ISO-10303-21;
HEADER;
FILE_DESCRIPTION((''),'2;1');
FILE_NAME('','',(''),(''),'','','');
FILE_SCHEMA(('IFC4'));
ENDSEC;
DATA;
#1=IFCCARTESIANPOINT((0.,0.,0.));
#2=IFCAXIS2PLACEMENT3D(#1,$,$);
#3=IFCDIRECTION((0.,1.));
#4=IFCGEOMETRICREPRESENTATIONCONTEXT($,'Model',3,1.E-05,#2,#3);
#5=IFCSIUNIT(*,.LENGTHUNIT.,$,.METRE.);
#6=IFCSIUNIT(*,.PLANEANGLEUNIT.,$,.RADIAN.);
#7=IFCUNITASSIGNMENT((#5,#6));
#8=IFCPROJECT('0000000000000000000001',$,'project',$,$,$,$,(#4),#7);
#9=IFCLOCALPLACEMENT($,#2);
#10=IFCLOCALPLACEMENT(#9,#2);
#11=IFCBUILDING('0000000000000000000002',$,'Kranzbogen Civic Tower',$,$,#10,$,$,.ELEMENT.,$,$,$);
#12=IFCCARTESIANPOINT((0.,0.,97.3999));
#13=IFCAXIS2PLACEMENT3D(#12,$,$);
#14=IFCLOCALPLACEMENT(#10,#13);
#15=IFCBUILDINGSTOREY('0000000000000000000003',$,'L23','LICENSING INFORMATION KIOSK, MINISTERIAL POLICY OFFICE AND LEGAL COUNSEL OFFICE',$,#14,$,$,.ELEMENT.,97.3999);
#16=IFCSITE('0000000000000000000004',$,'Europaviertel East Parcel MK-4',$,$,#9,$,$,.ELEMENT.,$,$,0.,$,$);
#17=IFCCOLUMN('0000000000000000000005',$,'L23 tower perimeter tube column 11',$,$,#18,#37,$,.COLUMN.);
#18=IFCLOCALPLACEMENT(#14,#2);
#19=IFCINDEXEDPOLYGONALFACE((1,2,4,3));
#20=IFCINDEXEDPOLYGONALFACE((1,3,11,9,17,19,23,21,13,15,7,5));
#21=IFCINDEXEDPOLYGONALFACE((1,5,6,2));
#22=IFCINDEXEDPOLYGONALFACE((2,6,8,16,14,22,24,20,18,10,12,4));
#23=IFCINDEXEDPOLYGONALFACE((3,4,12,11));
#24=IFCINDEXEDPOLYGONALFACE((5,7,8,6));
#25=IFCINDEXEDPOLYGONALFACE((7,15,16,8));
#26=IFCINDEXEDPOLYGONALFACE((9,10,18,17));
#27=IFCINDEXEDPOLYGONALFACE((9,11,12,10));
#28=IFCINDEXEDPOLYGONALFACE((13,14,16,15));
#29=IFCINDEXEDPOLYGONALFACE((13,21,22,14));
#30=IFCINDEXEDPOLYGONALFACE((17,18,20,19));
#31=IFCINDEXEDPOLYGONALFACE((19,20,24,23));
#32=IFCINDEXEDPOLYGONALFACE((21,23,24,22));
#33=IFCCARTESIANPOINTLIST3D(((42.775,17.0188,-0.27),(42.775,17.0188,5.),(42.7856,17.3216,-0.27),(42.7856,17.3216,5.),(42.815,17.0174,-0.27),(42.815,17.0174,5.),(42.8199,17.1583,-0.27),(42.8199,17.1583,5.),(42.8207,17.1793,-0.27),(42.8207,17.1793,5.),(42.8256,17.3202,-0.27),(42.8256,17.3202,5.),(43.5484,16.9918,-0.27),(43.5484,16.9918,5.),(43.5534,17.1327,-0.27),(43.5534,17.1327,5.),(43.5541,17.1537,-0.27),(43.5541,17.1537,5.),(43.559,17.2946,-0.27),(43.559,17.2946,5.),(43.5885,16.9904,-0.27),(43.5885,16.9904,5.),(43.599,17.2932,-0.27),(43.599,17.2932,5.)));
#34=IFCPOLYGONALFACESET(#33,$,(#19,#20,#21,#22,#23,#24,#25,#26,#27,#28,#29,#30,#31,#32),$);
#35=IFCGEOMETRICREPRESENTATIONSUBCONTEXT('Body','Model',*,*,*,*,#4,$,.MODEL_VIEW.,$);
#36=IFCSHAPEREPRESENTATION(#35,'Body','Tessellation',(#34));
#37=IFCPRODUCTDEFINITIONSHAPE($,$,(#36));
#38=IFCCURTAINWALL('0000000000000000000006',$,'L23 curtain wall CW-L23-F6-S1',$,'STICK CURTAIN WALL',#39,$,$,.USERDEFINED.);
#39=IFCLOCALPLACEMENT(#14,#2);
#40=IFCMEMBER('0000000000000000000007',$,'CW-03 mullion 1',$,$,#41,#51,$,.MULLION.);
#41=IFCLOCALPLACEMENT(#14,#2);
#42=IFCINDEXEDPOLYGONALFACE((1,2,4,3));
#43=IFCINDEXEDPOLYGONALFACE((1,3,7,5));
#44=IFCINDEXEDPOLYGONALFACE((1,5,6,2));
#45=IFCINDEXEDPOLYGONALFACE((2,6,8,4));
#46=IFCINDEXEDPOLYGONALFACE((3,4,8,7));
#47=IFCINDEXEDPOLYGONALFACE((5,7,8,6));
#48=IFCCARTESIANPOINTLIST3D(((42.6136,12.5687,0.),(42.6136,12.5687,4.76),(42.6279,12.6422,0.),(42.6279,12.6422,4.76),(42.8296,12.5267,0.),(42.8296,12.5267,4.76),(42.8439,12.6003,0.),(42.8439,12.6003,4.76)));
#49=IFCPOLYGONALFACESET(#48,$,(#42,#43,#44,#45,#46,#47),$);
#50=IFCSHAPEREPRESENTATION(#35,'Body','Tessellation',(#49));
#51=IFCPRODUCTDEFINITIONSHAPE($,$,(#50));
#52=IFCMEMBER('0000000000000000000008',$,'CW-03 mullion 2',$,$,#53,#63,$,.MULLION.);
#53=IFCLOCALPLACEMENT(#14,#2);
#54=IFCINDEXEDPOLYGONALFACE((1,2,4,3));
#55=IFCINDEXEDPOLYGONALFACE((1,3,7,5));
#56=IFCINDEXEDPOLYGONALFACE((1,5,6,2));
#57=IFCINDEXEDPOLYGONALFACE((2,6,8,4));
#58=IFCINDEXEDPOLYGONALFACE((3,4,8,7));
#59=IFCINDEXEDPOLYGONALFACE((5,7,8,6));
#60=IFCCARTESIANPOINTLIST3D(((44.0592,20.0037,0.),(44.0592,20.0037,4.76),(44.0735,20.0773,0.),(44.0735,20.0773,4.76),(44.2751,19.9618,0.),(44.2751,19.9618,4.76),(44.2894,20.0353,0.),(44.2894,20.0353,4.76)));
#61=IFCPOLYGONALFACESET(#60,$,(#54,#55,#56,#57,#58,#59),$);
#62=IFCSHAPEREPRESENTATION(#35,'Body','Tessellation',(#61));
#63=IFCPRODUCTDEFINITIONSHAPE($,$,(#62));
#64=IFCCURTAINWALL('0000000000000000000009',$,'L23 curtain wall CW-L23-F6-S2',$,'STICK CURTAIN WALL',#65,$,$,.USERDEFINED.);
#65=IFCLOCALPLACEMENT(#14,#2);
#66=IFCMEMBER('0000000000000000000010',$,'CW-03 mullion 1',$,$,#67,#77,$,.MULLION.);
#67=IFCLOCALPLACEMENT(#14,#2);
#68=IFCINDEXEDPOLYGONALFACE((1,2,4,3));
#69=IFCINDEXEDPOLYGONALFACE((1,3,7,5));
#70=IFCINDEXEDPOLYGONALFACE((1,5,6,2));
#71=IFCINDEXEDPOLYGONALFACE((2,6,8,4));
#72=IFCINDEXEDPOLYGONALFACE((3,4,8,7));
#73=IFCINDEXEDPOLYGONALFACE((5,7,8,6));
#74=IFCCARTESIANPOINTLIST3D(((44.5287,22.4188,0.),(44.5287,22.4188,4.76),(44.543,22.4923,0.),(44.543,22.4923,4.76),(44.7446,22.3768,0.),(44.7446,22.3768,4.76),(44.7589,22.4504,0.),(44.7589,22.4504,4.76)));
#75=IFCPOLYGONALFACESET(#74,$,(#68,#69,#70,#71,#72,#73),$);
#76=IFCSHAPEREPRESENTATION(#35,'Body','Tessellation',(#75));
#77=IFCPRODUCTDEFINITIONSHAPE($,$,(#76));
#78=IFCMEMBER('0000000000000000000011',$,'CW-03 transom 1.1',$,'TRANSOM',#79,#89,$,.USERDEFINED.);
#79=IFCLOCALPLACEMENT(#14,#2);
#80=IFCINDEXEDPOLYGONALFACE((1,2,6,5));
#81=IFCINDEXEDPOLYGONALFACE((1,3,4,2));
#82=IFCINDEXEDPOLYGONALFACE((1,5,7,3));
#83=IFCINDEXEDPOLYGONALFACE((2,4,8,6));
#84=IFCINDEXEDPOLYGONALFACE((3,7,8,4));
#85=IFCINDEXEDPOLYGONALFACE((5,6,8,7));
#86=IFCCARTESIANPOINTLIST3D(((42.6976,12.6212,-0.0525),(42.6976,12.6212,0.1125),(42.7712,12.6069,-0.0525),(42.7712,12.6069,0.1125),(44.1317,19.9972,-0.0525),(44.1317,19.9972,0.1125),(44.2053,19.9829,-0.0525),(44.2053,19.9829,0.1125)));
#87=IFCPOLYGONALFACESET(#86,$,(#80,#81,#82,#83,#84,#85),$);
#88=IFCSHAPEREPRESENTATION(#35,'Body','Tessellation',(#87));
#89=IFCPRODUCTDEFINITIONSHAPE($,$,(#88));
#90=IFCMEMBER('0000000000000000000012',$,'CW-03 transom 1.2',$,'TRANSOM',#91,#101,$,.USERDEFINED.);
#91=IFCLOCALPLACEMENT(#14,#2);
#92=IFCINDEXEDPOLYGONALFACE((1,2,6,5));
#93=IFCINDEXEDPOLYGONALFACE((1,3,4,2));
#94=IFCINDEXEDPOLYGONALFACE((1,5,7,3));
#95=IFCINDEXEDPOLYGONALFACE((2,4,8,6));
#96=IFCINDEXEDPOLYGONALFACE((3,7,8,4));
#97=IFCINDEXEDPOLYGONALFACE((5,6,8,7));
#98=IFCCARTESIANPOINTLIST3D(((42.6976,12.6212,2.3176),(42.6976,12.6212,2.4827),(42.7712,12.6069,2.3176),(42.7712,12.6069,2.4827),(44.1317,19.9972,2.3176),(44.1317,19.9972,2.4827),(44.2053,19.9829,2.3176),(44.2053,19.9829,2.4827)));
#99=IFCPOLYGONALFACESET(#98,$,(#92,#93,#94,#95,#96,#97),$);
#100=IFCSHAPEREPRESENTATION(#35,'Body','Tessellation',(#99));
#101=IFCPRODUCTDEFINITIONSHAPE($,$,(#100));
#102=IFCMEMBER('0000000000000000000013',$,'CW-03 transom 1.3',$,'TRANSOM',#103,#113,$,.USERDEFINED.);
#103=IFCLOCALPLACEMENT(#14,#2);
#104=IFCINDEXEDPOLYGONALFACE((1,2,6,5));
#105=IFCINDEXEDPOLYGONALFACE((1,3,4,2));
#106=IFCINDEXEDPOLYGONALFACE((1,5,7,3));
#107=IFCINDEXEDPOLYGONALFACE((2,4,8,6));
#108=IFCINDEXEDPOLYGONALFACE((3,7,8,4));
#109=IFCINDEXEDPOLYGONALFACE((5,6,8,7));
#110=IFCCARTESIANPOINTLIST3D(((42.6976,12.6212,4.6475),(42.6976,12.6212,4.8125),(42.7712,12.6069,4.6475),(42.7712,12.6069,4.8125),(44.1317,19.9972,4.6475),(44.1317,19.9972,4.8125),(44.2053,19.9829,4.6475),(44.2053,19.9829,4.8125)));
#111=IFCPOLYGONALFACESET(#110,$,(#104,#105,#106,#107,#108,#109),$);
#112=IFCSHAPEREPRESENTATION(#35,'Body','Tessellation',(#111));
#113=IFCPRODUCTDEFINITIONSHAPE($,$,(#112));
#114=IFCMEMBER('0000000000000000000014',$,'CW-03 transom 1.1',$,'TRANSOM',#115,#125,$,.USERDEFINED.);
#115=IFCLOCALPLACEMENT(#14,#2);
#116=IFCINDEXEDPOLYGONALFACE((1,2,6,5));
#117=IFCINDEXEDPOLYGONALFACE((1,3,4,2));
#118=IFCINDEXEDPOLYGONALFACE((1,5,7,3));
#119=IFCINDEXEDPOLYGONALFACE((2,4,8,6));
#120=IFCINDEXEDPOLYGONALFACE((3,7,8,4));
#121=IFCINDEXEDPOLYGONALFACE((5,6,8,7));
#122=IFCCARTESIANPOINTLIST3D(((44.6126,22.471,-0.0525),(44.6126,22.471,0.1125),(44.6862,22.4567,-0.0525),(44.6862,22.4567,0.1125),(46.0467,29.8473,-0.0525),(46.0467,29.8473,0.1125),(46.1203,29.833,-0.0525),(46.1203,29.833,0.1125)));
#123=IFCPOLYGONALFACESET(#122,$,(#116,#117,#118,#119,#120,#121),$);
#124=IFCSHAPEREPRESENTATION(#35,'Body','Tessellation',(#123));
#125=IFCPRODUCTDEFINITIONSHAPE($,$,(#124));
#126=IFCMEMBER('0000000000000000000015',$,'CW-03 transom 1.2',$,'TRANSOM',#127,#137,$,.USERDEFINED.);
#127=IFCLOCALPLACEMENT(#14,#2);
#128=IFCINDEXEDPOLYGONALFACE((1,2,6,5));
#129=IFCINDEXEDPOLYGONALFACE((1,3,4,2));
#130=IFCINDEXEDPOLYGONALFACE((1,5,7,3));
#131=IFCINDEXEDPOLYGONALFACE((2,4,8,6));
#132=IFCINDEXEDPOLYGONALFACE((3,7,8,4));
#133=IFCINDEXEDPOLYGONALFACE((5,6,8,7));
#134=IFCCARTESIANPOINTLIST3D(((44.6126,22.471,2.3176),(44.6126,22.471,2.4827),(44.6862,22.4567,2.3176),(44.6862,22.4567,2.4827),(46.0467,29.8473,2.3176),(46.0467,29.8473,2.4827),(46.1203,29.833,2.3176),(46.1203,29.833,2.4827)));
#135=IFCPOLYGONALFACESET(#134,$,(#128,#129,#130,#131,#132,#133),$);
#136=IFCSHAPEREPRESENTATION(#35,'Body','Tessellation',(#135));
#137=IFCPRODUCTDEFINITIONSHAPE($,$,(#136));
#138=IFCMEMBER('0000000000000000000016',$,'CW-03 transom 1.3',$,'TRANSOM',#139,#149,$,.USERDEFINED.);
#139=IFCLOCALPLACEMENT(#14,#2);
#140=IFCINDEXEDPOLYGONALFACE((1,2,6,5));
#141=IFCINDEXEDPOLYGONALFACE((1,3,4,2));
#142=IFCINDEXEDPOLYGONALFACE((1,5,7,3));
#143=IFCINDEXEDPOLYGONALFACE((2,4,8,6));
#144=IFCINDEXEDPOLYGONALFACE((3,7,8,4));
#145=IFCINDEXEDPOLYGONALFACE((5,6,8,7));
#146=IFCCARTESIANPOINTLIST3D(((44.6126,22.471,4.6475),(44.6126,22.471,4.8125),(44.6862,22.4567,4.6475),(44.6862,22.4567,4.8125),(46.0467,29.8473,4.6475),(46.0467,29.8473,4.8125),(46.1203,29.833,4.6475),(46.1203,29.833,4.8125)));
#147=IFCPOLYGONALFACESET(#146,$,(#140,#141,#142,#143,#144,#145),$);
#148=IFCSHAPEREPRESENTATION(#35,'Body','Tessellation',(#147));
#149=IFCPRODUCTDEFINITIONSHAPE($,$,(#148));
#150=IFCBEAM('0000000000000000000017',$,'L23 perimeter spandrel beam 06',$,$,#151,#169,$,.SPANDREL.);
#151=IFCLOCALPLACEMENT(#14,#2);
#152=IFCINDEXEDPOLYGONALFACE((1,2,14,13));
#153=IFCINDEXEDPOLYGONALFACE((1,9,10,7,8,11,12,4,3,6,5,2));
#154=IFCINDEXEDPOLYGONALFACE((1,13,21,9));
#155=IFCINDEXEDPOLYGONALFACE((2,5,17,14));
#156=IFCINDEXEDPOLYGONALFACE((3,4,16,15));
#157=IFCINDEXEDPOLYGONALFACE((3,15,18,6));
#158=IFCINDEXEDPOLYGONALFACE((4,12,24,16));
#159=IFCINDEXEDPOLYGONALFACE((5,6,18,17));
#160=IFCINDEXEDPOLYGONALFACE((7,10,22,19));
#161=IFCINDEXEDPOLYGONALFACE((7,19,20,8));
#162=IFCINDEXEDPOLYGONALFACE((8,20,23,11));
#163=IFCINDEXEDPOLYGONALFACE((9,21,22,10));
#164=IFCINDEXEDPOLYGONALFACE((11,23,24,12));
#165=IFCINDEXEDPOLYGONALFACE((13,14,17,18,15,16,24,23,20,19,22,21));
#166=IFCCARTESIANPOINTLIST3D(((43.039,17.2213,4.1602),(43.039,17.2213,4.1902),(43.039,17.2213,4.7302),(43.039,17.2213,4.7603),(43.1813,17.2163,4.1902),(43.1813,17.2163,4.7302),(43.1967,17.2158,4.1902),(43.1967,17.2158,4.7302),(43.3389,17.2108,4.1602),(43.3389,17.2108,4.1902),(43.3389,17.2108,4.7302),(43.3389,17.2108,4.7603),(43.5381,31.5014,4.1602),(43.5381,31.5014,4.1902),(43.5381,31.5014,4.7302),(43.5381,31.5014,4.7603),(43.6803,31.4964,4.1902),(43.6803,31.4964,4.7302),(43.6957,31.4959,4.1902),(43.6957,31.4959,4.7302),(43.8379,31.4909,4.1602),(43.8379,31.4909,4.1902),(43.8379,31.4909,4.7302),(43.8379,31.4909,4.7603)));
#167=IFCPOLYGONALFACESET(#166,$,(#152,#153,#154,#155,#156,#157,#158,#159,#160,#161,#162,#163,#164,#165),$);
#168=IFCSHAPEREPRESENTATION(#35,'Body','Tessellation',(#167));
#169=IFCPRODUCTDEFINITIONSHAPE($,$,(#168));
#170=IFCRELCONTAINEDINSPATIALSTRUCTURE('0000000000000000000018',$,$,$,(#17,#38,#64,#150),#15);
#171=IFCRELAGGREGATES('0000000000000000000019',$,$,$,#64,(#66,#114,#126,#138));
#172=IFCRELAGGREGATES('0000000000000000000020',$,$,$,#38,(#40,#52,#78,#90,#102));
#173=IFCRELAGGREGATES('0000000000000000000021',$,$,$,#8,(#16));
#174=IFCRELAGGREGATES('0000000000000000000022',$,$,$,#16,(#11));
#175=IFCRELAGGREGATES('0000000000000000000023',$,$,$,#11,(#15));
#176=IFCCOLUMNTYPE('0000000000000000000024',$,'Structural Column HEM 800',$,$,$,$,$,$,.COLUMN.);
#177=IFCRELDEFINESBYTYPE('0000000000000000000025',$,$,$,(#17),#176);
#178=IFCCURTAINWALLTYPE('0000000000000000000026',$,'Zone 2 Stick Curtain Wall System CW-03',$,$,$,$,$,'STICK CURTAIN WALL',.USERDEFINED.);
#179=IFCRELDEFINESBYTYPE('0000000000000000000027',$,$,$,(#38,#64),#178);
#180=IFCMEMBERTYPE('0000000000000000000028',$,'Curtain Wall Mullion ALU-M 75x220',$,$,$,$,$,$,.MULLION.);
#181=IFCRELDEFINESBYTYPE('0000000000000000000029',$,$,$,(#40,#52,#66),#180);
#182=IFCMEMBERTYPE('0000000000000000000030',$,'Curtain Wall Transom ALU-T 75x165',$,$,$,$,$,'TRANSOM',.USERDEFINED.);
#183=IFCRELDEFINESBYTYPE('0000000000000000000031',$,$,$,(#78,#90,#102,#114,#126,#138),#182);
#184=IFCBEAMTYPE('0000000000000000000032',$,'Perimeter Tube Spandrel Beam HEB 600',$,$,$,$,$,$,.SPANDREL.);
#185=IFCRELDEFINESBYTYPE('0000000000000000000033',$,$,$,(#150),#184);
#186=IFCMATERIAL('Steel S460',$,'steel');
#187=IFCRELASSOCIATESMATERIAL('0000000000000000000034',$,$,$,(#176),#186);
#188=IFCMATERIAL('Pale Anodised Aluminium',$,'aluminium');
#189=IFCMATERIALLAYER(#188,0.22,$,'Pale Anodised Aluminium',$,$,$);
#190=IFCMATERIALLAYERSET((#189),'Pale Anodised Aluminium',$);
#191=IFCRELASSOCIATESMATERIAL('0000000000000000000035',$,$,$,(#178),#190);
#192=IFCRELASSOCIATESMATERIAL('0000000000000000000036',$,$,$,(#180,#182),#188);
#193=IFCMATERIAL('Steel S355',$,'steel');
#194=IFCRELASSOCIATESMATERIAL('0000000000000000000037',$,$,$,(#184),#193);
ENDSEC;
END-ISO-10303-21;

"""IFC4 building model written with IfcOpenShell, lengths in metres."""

from ifc_helpers import new_model, si_unit, direction, frame, origin, origin_2d, place, context, subcontext, project, spatial, rectangle, i_section, extrude, material, layer, layer_set, material_profile, profile_set, type_object, element, aggregate, save


model = new_model("IFC4")

# Units and contexts
model_context = context("Model", 3, precision=1e-05, world=origin(), true_north=direction((0.0, 1.0)))
body_context = subcontext(model_context, "Body", "Model", "MODEL_VIEW")
ifc_project = project(units=[si_unit("LENGTHUNIT", "METRE"), si_unit("PLANEANGLEUNIT", "RADIAN")], contexts=[model_context])

# Site, building, storey
site_placement = place(None, origin())
site = spatial("IfcSite", under=ifc_project, at=site_placement, Name="Europaviertel East Parcel MK-4", CompositionType="ELEMENT", RefElevation=0.0)
building_placement = place(site_placement, origin())
building = spatial("IfcBuilding", under=site, at=building_placement, Name="Kranzbogen Civic Tower", CompositionType="ELEMENT")
storey_placement = place(building_placement, frame((0.0, 0.0, 97.3999)))
storey = spatial("IfcBuildingStorey", under=building, at=storey_placement, Name="L23", Description="LICENSING INFORMATION KIOSK, MINISTERIAL POLICY OFFICE AND LEGAL COUNSEL OFFICE", CompositionType="ELEMENT", Elevation=97.3999)

# Column
ifc_material_1 = material(Name="Steel S460", Category="steel")
ifc_material_profile_1 = material_profile(ifc_material_1, i_section(OverallWidth=0.303, OverallDepth=0.814, WebThickness=0.021, FlangeThickness=0.04, at=origin_2d()), Name="HEM 800")
ifc_profile_set_1 = profile_set([ifc_material_profile_1], Name="Steel S460")
column_type = type_object("IfcColumnType", Name="Structural Column HEM 800", PredefinedType="COLUMN", material=ifc_profile_set_1)
column_placement = place(storey_placement, frame((43.187, 17.156, -0.27), z_axis=(0.0, 0.0, 1.0), x_axis=(0.034899, 0.999391, 0.0)))
element("IfcColumn", 1, at=column_placement, inside=storey, type_object=column_type, Name="L23 tower perimeter tube column 11", PredefinedType="COLUMN", context=body_context, shape_type="SweptSolid", body=[
    extrude(i_section(OverallWidth=0.303, OverallDepth=0.814, WebThickness=0.021, FlangeThickness=0.04, at=origin_2d()), origin(), (0.0, 0.0, 1.0), 5.27),
])

# Curtain wall, members
ifc_material_2 = material(Name="Pale Anodised Aluminium", Category="aluminium")
ifc_layer_1 = layer(ifc_material_2, 0.22, Name="Pale Anodised Aluminium")
ifc_layer_set_1 = layer_set([ifc_layer_1], Name="Pale Anodised Aluminium")
curtain_wall_type = type_object("IfcCurtainWallType", Name="Zone 2 Stick Curtain Wall System CW-03", ElementType="STICK CURTAIN WALL", PredefinedType="USERDEFINED", material=ifc_layer_set_1)
curtain_wall_1_placement = place(storey_placement, origin())
curtain_wall_1 = element("IfcCurtainWall", 2, at=curtain_wall_1_placement, inside=storey, type_object=curtain_wall_type, Name="L23 curtain wall CW-L23-F6-S1", ObjectType="STICK CURTAIN WALL", PredefinedType="USERDEFINED")
ifc_material_profile_2 = material_profile(ifc_material_2, rectangle(XDim=0.075, YDim=0.22, at=origin_2d()), Name="ALU-M 75x220")
ifc_profile_set_2 = profile_set([ifc_material_profile_2], Name="Pale Anodised Aluminium")
member_type_1 = type_object("IfcMemberType", Name="Curtain Wall Mullion ALU-M 75x220", PredefinedType="MULLION", material=ifc_profile_set_2)
member_1_placement = place(storey_placement, frame((42.7288, 12.5845, 0.0), z_axis=(0.0, 0.0, 1.0), x_axis=(0.190849, 0.981619, 0.0)))
member_1 = element("IfcMember", 3, at=member_1_placement, type_object=member_type_1, Name="CW-03 mullion 1", PredefinedType="MULLION", context=body_context, shape_type="SweptSolid", body=[
    extrude(rectangle(XDim=0.075, YDim=0.22, at=origin_2d()), origin(), (0.0, 0.0, 1.0), 4.76),
])
member_2_placement = place(storey_placement, frame((44.1743, 20.0195, 0.0), z_axis=(0.0, 0.0, 1.0), x_axis=(0.190849, 0.981619, 0.0)))
member_2 = element("IfcMember", 4, at=member_2_placement, type_object=member_type_1, Name="CW-03 mullion 2", PredefinedType="MULLION", context=body_context, shape_type="SweptSolid", body=[
    extrude(rectangle(XDim=0.075, YDim=0.22, at=origin_2d()), origin(), (0.0, 0.0, 1.0), 4.76),
])

# Curtain wall, member
curtain_wall_2_placement = place(storey_placement, origin())
curtain_wall_2 = element("IfcCurtainWall", 5, at=curtain_wall_2_placement, inside=storey, type_object=curtain_wall_type, Name="L23 curtain wall CW-L23-F6-S2", ObjectType="STICK CURTAIN WALL", PredefinedType="USERDEFINED")
member_3_placement = place(storey_placement, frame((44.6438, 22.4346, 0.0), z_axis=(0.0, 0.0, 1.0), x_axis=(0.190849, 0.981619, 0.0)))
member_3 = element("IfcMember", 6, at=member_3_placement, type_object=member_type_1, Name="CW-03 mullion 1", PredefinedType="MULLION", context=body_context, shape_type="SweptSolid", body=[
    extrude(rectangle(XDim=0.075, YDim=0.22, at=origin_2d()), origin(), (0.0, 0.0, 1.0), 4.76),
])

# Members
ifc_material_profile_3 = material_profile(ifc_material_2, rectangle(XDim=0.075, YDim=0.165, at=origin_2d()), Name="ALU-T 75x165")
ifc_profile_set_3 = profile_set([ifc_material_profile_3], Name="Pale Anodised Aluminium")
member_type_2 = type_object("IfcMemberType", Name="Curtain Wall Transom ALU-T 75x165", ElementType="TRANSOM", PredefinedType="USERDEFINED", material=ifc_profile_set_3)
member_4_placement = place(storey_placement, frame((42.7344, 12.614, 0.03), z_axis=(0.190852, 0.981619, 0.0), x_axis=(-0.981619, 0.190852, 0.0)))
member_4 = element("IfcMember", 7, at=member_4_placement, type_object=member_type_2, Name="CW-03 transom 1.1", ObjectType="TRANSOM", PredefinedType="USERDEFINED", context=body_context, shape_type="SweptSolid", body=[
    extrude(rectangle(XDim=0.075, YDim=0.165, at=origin_2d()), origin(), (0.0, 0.0, 1.0), 7.5142),
])
member_5_placement = place(storey_placement, frame((42.7344, 12.614, 2.4001), z_axis=(0.190852, 0.981619, 0.0), x_axis=(-0.981619, 0.190852, 0.0)))
member_5 = element("IfcMember", 8, at=member_5_placement, type_object=member_type_2, Name="CW-03 transom 1.2", ObjectType="TRANSOM", PredefinedType="USERDEFINED", context=body_context, shape_type="SweptSolid", body=[
    extrude(rectangle(XDim=0.075, YDim=0.165, at=origin_2d()), origin(), (0.0, 0.0, 1.0), 7.5142),
])
member_6_placement = place(storey_placement, frame((42.7344, 12.614, 4.73), z_axis=(0.190852, 0.981619, 0.0), x_axis=(-0.981619, 0.190852, 0.0)))
member_6 = element("IfcMember", 9, at=member_6_placement, type_object=member_type_2, Name="CW-03 transom 1.3", ObjectType="TRANSOM", PredefinedType="USERDEFINED", context=body_context, shape_type="SweptSolid", body=[
    extrude(rectangle(XDim=0.075, YDim=0.165, at=origin_2d()), origin(), (0.0, 0.0, 1.0), 7.5142),
])
member_7_placement = place(storey_placement, frame((44.6494, 22.4639, 0.03), z_axis=(0.190846, 0.98162, 0.0), x_axis=(-0.98162, 0.190846, 0.0)))
member_7 = element("IfcMember", 10, at=member_7_placement, type_object=member_type_2, Name="CW-03 transom 1.1", ObjectType="TRANSOM", PredefinedType="USERDEFINED", context=body_context, shape_type="SweptSolid", body=[
    extrude(rectangle(XDim=0.075, YDim=0.165, at=origin_2d()), origin(), (0.0, 0.0, 1.0), 7.5144),
])
member_8_placement = place(storey_placement, frame((44.6494, 22.4639, 2.4001), z_axis=(0.190846, 0.98162, 0.0), x_axis=(-0.98162, 0.190846, 0.0)))
member_8 = element("IfcMember", 11, at=member_8_placement, type_object=member_type_2, Name="CW-03 transom 1.2", ObjectType="TRANSOM", PredefinedType="USERDEFINED", context=body_context, shape_type="SweptSolid", body=[
    extrude(rectangle(XDim=0.075, YDim=0.165, at=origin_2d()), origin(), (0.0, 0.0, 1.0), 7.5144),
])
member_9_placement = place(storey_placement, frame((44.6494, 22.4639, 4.73), z_axis=(0.190846, 0.98162, 0.0), x_axis=(-0.98162, 0.190846, 0.0)))
member_9 = element("IfcMember", 12, at=member_9_placement, type_object=member_type_2, Name="CW-03 transom 1.3", ObjectType="TRANSOM", PredefinedType="USERDEFINED", context=body_context, shape_type="SweptSolid", body=[
    extrude(rectangle(XDim=0.075, YDim=0.165, at=origin_2d()), origin(), (0.0, 0.0, 1.0), 7.5144),
])
aggregate(curtain_wall_2, [member_3, member_7, member_8, member_9])

# Beam
ifc_material_3 = material(Name="Steel S355", Category="steel")
ifc_material_profile_4 = material_profile(ifc_material_3, i_section(OverallWidth=0.3, OverallDepth=0.6001, WebThickness=0.0154, FlangeThickness=0.03, at=origin_2d()), Name="HEB 600")
ifc_profile_set_4 = profile_set([ifc_material_profile_4], Name="Steel S355")
beam_type_1 = type_object("IfcBeamType", Name="Perimeter Tube Spandrel Beam HEB 600", PredefinedType="SPANDREL", material=ifc_profile_set_4)
beam_1_placement = place(storey_placement, frame((43.189, 17.2161, 4.4602), z_axis=(0.034924, 0.99939, 0.0), x_axis=(-0.99939, 0.034924, 0.0)))
element("IfcBeam", 13, at=beam_1_placement, inside=storey, type_object=beam_type_1, Name="L23 perimeter spandrel beam 06", PredefinedType="SPANDREL", context=body_context, shape_type="SweptSolid", body=[
    extrude(i_section(OverallWidth=0.3, OverallDepth=0.6001, WebThickness=0.0154, FlangeThickness=0.03, at=origin_2d()), origin(), (0.0, 0.0, 1.0), 14.2888),
])

aggregate(curtain_wall_1, [member_1, member_2, member_4, member_5, member_6])

save(model, "model.ifc")
